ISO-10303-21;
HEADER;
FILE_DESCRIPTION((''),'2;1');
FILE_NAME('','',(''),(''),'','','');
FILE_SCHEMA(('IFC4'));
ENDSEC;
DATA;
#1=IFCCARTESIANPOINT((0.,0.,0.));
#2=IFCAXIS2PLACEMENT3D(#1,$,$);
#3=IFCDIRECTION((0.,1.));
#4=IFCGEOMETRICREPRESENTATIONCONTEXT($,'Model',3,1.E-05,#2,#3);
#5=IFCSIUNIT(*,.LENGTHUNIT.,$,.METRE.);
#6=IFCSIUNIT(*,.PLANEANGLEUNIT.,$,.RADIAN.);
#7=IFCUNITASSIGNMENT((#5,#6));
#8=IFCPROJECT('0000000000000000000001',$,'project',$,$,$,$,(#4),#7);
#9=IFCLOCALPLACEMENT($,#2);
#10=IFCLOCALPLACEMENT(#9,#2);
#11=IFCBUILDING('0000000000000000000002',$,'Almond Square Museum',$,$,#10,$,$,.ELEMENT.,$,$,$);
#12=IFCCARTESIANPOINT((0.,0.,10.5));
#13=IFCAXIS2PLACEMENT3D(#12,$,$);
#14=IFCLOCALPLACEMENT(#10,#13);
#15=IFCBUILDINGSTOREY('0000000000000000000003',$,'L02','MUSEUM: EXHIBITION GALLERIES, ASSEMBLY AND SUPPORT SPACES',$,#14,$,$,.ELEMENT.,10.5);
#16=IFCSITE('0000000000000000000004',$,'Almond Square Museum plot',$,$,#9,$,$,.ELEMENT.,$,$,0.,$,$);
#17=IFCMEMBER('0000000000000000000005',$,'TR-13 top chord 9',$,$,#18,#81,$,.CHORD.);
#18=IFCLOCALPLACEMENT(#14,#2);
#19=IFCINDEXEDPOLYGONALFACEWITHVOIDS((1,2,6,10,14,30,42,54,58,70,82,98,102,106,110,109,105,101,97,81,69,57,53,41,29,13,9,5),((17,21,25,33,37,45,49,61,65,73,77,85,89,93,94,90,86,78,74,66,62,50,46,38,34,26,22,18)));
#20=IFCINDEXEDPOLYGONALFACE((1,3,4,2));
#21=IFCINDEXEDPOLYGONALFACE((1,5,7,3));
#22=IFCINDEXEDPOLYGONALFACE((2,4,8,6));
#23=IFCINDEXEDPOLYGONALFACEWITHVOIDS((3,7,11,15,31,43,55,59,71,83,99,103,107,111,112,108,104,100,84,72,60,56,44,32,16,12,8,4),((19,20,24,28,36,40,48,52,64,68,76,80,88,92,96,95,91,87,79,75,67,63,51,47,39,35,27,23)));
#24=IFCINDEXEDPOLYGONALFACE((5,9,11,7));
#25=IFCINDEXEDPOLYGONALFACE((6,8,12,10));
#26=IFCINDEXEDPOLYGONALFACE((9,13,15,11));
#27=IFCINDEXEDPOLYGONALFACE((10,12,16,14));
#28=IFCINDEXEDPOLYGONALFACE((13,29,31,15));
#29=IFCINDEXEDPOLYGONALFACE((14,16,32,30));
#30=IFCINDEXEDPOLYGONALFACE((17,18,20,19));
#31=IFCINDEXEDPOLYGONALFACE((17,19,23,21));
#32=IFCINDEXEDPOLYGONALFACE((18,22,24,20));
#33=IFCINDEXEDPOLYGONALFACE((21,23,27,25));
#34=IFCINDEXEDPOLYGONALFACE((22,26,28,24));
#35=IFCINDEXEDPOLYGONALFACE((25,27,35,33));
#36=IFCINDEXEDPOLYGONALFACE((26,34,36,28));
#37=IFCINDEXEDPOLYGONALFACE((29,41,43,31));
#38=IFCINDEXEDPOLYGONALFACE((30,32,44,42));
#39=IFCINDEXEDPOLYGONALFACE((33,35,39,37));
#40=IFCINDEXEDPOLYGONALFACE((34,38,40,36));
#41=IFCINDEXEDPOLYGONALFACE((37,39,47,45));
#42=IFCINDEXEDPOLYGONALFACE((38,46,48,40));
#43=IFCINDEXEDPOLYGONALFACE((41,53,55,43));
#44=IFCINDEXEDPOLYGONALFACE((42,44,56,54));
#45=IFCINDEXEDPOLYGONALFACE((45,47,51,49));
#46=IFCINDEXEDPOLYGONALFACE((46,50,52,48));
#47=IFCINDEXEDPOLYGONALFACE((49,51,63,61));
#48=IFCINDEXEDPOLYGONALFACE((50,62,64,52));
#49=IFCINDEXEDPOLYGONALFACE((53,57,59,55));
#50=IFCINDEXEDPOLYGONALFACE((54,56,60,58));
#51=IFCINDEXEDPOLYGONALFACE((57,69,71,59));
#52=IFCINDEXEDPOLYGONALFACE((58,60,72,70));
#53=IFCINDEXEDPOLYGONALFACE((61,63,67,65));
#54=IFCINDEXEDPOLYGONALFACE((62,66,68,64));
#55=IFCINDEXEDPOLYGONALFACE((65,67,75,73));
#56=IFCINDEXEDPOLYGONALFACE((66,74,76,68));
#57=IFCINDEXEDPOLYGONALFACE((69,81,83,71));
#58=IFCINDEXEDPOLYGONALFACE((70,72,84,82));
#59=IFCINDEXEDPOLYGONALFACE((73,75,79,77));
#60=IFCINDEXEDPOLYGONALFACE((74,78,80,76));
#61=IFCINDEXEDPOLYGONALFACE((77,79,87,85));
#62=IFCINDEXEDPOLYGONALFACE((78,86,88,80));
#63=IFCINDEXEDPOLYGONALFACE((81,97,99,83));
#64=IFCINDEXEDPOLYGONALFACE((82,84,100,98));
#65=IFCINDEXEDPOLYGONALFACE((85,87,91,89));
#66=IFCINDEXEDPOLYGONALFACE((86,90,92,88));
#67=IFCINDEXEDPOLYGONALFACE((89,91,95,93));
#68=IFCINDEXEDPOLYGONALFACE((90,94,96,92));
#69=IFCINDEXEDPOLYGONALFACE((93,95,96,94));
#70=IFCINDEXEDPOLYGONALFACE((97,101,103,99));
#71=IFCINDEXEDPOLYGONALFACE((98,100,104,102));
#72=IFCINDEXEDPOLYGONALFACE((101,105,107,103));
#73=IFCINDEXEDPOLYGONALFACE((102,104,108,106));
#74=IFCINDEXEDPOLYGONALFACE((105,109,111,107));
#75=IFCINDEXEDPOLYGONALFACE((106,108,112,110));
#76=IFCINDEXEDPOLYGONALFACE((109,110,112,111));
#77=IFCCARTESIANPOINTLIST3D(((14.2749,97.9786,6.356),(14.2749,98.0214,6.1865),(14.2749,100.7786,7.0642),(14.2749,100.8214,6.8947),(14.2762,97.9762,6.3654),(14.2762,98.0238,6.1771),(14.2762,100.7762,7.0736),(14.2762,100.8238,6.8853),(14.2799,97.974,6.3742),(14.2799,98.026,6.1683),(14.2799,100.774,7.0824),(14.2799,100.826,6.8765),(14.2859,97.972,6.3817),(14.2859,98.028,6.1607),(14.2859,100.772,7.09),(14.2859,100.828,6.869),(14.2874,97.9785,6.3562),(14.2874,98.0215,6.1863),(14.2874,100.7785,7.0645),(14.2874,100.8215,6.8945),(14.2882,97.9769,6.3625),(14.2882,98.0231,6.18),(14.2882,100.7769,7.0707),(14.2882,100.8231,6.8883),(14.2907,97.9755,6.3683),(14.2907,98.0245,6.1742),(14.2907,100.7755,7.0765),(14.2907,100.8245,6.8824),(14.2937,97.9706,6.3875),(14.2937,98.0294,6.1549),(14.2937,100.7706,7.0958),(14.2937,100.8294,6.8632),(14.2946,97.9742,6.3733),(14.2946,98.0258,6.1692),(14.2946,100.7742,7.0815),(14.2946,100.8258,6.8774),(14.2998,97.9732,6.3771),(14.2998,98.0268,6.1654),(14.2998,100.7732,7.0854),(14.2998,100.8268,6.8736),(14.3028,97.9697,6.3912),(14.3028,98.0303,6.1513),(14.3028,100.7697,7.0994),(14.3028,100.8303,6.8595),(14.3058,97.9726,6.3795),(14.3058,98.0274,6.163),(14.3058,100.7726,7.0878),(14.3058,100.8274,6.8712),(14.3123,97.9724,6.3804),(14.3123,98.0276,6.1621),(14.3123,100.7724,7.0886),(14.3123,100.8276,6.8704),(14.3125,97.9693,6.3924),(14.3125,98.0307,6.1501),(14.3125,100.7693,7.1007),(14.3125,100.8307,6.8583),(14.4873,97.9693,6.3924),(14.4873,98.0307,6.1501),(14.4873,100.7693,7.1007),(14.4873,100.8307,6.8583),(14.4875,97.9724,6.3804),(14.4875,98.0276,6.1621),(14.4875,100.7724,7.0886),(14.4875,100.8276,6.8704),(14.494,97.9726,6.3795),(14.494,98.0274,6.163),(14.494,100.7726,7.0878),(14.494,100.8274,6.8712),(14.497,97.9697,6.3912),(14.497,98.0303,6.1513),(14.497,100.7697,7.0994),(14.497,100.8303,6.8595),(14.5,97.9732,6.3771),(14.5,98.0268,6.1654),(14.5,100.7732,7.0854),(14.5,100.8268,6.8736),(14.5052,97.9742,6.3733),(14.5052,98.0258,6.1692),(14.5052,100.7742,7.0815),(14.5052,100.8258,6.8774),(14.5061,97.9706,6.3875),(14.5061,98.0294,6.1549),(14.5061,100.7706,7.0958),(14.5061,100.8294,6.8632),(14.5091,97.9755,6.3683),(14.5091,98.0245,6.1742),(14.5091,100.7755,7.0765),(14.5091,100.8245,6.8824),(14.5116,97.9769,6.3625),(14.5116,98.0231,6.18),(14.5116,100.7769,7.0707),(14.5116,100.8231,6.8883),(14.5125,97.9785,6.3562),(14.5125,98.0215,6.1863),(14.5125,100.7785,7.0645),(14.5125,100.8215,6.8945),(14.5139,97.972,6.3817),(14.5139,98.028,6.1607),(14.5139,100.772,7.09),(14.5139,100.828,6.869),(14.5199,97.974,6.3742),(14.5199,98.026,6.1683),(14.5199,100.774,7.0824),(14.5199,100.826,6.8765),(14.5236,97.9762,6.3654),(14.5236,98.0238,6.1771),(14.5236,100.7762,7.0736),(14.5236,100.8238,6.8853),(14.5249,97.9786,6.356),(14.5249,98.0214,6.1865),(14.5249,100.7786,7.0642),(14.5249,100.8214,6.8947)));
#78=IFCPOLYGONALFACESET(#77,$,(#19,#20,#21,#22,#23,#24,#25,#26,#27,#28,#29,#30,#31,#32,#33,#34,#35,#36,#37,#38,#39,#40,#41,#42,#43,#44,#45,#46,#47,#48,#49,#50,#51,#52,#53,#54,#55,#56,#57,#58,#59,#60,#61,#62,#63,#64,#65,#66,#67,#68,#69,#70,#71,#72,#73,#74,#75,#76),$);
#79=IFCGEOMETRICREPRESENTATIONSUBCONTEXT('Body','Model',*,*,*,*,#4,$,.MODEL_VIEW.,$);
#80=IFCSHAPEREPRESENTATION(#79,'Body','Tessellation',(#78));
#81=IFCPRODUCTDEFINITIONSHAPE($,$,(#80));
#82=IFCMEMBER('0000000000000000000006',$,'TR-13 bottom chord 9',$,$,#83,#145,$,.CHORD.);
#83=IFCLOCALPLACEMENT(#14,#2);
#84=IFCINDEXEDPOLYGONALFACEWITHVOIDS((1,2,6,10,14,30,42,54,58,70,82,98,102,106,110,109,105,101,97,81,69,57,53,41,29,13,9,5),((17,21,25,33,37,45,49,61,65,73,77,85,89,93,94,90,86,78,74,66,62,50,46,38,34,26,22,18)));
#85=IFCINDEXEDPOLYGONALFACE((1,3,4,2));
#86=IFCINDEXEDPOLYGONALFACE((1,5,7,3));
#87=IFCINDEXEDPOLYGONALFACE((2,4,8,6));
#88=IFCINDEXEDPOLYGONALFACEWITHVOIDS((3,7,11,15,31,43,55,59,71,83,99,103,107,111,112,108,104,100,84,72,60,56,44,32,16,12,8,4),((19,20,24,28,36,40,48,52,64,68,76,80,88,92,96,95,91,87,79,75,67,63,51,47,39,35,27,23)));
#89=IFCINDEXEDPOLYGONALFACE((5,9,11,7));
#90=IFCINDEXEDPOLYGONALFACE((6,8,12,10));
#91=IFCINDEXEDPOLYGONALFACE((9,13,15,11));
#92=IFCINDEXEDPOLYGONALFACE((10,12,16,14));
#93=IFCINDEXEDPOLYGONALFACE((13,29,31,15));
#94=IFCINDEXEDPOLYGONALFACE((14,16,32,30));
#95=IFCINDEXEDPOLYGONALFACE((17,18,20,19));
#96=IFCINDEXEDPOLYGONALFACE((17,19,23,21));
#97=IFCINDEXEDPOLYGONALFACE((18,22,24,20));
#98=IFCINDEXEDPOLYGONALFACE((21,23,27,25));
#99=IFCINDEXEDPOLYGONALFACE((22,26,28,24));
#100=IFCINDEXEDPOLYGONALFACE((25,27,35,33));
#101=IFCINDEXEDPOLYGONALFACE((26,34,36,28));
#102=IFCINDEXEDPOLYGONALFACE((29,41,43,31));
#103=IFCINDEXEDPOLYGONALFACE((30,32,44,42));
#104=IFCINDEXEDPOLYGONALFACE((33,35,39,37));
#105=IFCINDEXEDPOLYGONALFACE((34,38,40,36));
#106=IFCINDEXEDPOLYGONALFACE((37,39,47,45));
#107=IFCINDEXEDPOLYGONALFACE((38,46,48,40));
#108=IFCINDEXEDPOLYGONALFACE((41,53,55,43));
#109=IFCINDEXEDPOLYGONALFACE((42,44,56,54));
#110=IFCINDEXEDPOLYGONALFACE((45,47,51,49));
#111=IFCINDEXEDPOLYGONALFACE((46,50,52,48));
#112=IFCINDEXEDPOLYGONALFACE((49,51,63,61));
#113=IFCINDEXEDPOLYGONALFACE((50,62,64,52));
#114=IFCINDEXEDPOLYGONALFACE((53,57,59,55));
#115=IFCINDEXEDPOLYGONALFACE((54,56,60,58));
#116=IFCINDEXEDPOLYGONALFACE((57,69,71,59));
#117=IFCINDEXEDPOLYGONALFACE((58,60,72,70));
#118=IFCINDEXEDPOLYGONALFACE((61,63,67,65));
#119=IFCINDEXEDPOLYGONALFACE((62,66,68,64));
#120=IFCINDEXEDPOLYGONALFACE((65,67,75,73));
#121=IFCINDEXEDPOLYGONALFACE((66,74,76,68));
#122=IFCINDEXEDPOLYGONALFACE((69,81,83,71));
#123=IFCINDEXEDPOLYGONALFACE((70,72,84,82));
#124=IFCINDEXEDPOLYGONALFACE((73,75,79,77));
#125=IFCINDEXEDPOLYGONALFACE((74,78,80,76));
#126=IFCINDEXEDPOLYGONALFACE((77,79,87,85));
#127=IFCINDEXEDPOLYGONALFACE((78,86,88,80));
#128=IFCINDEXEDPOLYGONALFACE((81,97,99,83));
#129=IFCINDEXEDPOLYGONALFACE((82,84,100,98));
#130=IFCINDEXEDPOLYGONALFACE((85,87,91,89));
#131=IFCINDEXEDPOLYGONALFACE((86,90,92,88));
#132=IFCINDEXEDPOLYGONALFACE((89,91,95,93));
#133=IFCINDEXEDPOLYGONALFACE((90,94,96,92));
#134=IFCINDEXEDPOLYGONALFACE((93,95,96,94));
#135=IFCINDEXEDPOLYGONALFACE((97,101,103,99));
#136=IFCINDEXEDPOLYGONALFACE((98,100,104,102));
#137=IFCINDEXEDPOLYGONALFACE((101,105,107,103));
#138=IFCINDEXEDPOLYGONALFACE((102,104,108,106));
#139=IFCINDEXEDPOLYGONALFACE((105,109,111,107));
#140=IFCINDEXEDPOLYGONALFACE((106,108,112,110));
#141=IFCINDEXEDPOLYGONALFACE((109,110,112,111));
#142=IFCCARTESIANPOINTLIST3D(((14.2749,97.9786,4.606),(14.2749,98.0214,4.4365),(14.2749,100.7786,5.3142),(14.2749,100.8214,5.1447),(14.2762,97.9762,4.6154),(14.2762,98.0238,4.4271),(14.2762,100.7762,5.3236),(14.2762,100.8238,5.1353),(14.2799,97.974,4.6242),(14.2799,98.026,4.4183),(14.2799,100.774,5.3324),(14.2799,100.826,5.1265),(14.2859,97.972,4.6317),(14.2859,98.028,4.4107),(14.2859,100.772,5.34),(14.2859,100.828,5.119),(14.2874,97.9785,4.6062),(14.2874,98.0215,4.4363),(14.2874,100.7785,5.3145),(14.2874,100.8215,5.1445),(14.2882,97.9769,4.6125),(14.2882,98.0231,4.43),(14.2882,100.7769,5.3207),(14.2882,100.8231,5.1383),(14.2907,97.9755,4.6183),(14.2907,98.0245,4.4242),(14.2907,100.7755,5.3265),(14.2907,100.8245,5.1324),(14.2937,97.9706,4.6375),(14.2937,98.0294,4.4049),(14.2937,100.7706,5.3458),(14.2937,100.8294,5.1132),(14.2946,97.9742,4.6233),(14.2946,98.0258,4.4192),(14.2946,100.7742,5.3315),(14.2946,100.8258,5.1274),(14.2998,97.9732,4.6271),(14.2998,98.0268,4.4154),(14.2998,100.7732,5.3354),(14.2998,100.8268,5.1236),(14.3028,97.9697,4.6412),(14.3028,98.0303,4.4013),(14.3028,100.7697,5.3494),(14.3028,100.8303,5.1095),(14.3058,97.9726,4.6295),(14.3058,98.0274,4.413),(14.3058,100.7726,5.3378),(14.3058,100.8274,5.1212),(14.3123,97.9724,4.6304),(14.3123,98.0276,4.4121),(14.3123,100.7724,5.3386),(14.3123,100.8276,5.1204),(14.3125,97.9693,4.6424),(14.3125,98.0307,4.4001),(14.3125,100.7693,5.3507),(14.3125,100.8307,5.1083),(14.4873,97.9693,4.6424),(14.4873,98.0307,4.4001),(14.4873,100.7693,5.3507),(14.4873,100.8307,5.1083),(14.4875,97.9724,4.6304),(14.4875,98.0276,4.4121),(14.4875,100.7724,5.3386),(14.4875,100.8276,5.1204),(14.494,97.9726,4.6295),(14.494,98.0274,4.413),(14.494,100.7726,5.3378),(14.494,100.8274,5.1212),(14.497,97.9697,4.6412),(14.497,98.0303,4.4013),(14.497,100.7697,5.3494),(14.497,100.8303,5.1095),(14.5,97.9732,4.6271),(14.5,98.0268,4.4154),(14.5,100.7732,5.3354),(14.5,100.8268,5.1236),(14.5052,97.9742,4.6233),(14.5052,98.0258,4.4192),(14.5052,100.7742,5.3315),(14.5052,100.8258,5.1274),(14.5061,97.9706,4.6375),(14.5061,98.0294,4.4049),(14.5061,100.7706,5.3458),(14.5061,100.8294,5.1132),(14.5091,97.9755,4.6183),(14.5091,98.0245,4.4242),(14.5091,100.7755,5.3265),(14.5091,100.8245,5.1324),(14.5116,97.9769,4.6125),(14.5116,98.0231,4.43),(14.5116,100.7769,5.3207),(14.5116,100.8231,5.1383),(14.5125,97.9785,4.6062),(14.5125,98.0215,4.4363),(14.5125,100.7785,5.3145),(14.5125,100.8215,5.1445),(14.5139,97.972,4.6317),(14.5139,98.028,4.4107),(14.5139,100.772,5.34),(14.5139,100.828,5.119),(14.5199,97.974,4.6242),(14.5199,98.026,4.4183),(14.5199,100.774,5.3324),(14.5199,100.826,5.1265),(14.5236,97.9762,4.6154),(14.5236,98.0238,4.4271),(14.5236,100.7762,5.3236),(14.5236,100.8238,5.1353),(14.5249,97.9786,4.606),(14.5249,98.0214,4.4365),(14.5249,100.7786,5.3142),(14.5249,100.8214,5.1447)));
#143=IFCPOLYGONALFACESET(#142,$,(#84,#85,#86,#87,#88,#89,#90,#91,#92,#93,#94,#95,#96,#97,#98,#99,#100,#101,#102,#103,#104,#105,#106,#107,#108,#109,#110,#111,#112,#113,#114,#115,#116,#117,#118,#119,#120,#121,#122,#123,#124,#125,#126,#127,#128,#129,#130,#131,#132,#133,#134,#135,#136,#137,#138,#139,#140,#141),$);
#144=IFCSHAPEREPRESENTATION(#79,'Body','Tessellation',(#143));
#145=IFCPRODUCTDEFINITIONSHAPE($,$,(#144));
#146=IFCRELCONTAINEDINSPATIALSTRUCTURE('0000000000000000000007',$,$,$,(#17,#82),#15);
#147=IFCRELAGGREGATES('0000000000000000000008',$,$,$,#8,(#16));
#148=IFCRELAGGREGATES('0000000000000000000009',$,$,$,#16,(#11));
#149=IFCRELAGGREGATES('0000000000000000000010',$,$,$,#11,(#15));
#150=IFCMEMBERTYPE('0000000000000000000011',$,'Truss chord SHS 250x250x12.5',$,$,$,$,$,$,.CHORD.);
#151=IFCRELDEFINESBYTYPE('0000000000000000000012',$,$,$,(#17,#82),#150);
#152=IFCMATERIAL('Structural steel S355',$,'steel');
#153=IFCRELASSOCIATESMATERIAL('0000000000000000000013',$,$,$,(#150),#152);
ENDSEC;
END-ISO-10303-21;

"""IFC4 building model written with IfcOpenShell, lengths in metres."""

from ifc_helpers import new_model, si_unit, direction, frame, origin, origin_2d, place, context, subcontext, project, spatial, hollow_rectangle, extrude, material, material_profile, profile_set, type_object, element, save


model = new_model("IFC4")

# Units and contexts
model_context = context("Model", 3, precision=1e-05, world=origin(), true_north=direction((0.0, 1.0)))
body_context = subcontext(model_context, "Body", "Model", "MODEL_VIEW")
ifc_project = project(units=[si_unit("LENGTHUNIT", "METRE"), si_unit("PLANEANGLEUNIT", "RADIAN")], contexts=[model_context])

# Site, building, storey
site_placement = place(None, origin())
site = spatial("IfcSite", under=ifc_project, at=site_placement, Name="Almond Square Museum plot", CompositionType="ELEMENT", RefElevation=0.0)
building_placement = place(site_placement, origin())
building = spatial("IfcBuilding", under=site, at=building_placement, Name="Almond Square Museum", CompositionType="ELEMENT")
storey_placement = place(building_placement, frame((0.0, 0.0, 10.5)))
storey = spatial("IfcBuildingStorey", under=building, at=storey_placement, Name="L02", Description="MUSEUM: EXHIBITION GALLERIES, ASSEMBLY AND SUPPORT SPACES", CompositionType="ELEMENT", Elevation=10.5)

# Members
ifc_material_1 = material(Name="Structural steel S355", Category="steel")
ifc_material_profile_1 = material_profile(ifc_material_1, hollow_rectangle(XDim=0.25, YDim=0.25, WallThickness=0.0125, InnerFilletRadius=0.0249, OuterFilletRadius=0.0376, at=origin_2d()))
ifc_profile_set_1 = profile_set([ifc_material_profile_1], Name="Structural steel S355")
member_type_1 = type_object("IfcMemberType", Name="Truss chord SHS 250x250x12.5", PredefinedType="CHORD", material=ifc_profile_set_1)
for number, where, z_axis, x_axis, name in (
    (1, (14.3999, 98.0, 6.2712), (0.0, 0.969468, 0.24522), (-1.0, 0.0, 0.0), "TR-13 top chord 9"),
    (2, (14.3999, 98.0, 4.5212), (0.0, 0.969468, 0.24522), (-1.0, 0.0, 0.0), "TR-13 bottom chord 9"),
):
    element("IfcMember", number, at=place(storey_placement, frame(where, z_axis=z_axis, x_axis=x_axis)), inside=storey, type_object=member_type_1, Name=name, PredefinedType="CHORD", context=body_context, shape_type="SweptSolid", body=[
        extrude(hollow_rectangle(XDim=0.25, YDim=0.25, WallThickness=0.0125, InnerFilletRadius=0.0249, OuterFilletRadius=0.0376, at=origin_2d()), origin(), (0.0, 0.0, 1.0), 2.8882),
    ])

save(model, "model.ifc")
